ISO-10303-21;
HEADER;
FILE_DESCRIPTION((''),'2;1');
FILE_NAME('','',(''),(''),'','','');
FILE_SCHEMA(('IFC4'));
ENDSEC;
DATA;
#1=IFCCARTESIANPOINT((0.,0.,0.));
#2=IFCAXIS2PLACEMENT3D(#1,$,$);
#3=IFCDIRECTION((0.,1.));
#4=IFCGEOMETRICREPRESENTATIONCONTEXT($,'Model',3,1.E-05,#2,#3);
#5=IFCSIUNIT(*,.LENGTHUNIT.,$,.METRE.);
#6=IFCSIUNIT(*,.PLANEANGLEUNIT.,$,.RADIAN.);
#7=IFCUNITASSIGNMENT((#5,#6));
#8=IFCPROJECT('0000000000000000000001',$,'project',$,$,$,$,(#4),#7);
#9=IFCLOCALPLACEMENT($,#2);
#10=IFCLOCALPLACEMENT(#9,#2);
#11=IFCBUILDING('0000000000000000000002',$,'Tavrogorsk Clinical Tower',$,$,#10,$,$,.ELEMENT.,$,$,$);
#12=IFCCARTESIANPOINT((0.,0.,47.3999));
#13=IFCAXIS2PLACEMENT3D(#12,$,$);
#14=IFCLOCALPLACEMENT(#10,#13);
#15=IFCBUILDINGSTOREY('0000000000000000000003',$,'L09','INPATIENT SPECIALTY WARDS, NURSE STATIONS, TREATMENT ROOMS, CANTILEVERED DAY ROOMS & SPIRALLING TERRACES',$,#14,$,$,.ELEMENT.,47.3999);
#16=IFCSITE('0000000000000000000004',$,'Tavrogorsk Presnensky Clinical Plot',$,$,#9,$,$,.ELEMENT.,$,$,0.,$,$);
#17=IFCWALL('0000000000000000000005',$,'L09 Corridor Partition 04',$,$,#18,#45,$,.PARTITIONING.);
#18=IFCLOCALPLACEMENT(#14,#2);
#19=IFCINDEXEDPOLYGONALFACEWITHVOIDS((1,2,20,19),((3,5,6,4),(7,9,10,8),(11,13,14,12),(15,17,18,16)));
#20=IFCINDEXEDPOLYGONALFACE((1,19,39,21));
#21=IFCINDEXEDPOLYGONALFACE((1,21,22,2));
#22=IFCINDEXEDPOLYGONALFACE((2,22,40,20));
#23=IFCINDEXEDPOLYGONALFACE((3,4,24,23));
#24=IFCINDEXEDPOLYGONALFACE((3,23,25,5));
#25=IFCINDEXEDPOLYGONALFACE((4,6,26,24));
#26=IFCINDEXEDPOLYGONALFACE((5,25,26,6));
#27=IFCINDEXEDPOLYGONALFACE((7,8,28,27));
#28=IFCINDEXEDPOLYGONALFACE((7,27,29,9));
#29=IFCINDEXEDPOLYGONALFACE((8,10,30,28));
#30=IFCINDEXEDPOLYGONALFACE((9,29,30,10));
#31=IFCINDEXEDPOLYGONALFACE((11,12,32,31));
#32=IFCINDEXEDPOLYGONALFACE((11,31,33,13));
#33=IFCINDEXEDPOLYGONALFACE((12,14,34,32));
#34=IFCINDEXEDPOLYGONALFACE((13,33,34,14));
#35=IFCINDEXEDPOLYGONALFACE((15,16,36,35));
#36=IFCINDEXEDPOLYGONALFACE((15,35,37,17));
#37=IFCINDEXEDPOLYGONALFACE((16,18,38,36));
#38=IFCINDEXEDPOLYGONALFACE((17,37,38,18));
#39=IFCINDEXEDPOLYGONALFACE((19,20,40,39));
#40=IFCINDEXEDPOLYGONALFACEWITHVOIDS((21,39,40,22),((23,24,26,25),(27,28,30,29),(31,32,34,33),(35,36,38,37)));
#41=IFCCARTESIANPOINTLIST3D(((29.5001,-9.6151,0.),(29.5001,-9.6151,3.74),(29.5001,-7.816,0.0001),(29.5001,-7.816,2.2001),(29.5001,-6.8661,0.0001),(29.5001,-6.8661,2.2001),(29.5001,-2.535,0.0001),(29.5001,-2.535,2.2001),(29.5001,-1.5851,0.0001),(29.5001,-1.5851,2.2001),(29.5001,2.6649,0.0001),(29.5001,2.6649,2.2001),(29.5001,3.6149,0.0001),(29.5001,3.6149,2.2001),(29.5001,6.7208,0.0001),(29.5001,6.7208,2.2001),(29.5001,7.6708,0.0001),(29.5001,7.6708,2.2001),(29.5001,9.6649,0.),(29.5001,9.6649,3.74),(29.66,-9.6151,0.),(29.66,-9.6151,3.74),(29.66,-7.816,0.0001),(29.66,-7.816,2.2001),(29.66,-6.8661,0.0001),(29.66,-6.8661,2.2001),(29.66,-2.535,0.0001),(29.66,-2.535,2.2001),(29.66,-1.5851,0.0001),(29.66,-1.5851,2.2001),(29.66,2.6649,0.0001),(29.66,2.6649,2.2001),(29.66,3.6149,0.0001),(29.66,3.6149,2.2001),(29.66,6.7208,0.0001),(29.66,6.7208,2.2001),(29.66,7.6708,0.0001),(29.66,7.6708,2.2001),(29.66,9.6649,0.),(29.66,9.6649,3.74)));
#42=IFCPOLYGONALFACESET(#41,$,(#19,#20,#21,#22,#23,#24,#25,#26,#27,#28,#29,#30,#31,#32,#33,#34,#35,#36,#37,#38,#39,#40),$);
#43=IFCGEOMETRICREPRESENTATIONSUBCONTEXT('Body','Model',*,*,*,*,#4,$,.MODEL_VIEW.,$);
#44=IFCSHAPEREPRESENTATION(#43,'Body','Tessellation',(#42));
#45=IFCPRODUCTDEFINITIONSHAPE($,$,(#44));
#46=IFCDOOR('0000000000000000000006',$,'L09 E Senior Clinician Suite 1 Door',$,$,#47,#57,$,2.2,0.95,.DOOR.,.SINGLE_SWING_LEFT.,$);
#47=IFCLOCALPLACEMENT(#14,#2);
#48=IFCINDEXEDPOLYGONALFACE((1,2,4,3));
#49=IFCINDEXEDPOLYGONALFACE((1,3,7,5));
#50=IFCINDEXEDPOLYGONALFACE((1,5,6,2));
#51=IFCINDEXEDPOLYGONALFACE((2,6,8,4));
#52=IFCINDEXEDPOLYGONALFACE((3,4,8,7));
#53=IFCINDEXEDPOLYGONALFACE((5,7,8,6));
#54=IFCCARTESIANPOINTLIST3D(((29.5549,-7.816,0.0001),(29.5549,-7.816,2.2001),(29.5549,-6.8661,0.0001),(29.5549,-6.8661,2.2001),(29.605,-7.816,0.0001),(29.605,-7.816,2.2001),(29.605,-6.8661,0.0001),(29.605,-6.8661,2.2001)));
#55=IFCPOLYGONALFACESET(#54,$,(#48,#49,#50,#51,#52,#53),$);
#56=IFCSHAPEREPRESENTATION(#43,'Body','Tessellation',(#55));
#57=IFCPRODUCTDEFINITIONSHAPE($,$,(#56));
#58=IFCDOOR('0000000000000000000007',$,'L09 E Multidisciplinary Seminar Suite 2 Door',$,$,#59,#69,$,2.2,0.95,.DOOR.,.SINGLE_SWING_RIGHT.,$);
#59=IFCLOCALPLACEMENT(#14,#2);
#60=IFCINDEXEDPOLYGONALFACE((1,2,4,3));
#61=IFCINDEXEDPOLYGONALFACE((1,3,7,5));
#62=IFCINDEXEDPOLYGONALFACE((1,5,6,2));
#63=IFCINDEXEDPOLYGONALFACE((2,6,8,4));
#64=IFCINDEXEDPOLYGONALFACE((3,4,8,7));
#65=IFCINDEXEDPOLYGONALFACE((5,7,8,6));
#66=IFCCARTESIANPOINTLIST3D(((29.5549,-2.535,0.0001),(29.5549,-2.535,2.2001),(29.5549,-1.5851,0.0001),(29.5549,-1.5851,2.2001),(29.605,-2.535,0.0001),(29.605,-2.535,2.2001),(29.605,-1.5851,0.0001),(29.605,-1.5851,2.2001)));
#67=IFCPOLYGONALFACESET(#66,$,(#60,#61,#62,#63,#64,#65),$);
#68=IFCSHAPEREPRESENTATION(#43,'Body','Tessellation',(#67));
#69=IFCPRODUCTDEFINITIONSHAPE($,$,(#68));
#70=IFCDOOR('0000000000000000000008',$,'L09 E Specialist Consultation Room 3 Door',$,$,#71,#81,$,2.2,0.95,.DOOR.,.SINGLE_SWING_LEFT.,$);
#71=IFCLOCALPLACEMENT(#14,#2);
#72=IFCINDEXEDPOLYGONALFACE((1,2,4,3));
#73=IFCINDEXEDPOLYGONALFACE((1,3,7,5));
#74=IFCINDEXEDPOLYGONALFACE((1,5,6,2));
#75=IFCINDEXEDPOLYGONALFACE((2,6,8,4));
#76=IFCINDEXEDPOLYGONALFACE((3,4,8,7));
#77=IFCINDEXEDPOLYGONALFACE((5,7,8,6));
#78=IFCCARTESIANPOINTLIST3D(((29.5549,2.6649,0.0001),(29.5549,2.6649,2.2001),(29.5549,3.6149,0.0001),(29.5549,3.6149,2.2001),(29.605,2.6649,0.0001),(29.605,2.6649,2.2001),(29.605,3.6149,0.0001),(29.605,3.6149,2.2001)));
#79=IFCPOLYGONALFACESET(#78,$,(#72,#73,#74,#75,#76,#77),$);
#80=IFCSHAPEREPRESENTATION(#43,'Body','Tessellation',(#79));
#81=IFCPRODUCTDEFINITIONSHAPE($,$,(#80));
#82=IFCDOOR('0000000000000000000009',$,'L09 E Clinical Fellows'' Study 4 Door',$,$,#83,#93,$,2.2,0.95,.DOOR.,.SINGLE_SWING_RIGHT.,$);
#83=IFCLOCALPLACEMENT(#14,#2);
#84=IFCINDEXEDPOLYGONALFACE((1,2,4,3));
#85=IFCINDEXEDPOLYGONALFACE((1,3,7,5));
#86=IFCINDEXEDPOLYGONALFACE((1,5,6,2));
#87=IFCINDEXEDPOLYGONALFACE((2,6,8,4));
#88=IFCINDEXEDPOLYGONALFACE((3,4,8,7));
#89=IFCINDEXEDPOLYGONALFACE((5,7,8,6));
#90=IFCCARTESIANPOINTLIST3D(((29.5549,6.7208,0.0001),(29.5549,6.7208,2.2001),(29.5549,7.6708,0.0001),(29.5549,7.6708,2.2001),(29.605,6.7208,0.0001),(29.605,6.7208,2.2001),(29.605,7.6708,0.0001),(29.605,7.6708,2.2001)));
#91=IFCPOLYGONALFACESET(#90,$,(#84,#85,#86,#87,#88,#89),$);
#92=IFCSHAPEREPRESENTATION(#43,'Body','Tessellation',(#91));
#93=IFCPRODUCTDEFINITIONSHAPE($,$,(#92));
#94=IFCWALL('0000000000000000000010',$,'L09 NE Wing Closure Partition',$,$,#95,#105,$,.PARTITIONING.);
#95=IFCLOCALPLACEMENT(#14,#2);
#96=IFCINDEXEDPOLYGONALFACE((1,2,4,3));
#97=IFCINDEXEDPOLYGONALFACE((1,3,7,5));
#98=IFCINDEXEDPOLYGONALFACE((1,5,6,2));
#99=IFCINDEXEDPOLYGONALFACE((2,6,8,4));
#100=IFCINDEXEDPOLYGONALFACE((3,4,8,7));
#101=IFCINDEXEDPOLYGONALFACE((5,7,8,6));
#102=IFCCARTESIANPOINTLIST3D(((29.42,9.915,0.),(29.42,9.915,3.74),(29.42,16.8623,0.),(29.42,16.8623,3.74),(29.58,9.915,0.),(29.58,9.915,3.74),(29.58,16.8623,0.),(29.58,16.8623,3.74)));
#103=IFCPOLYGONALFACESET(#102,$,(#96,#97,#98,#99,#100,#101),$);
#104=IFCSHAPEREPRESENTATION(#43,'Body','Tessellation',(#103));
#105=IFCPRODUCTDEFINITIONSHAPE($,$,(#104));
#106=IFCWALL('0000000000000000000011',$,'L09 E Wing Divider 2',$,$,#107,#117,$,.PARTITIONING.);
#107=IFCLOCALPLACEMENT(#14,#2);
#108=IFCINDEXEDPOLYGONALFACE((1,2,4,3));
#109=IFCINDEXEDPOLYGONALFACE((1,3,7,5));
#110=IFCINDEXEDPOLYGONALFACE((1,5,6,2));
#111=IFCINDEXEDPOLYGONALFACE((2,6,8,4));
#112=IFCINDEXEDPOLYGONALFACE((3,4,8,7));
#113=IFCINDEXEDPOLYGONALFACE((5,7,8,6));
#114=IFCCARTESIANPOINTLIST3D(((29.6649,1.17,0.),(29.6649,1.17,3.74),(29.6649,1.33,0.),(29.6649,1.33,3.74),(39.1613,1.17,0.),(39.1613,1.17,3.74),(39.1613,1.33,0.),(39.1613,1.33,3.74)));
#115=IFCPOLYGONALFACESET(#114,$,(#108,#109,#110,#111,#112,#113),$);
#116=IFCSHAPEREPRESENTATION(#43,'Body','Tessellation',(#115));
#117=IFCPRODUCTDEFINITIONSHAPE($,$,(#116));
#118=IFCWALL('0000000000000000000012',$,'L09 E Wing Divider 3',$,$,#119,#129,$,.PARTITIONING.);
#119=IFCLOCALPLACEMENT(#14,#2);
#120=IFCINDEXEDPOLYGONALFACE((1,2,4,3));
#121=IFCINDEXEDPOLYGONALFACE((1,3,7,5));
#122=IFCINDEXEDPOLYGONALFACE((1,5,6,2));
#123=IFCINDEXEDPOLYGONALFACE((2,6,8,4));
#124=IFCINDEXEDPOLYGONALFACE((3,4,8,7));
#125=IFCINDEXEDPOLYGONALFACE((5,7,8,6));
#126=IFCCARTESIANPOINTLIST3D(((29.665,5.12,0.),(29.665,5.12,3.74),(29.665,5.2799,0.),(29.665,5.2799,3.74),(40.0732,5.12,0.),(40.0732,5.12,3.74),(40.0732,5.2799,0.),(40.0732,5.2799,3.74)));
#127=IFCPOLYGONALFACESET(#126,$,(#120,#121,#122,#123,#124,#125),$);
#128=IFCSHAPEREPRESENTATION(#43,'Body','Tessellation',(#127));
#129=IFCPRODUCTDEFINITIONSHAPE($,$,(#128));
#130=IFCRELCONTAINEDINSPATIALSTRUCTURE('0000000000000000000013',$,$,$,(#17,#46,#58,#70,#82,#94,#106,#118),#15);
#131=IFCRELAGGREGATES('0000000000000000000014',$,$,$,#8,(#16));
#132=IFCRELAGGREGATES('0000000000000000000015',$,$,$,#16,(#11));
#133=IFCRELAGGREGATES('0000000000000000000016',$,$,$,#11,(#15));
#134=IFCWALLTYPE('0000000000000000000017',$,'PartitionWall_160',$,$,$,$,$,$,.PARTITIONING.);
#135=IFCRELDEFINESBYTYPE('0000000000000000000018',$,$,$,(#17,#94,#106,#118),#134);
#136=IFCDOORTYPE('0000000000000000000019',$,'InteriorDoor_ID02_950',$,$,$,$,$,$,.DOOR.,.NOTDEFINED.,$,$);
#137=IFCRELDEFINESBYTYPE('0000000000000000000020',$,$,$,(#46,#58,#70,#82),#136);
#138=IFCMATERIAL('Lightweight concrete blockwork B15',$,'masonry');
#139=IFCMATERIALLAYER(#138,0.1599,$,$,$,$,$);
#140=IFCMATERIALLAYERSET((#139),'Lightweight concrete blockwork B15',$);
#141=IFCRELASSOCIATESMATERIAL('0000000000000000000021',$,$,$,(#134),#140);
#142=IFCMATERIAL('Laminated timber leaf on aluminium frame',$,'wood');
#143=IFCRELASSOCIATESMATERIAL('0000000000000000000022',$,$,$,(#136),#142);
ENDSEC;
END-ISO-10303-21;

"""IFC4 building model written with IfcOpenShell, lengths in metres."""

from ifc_helpers import new_model, si_unit, direction, frame, frame_2d, origin, place, context, subcontext, project, spatial, rectangle, extrude, material, layer, layer_set, type_object, element, fill, save


model = new_model("IFC4")

# Units and contexts
model_context = context("Model", 3, precision=1e-05, world=origin(), true_north=direction((0.0, 1.0)))
body_context = subcontext(model_context, "Body", "Model", "MODEL_VIEW")
ifc_project = project(units=[si_unit("LENGTHUNIT", "METRE"), si_unit("PLANEANGLEUNIT", "RADIAN")], contexts=[model_context])

# Site, building, storey
site_placement = place(None, origin())
site = spatial("IfcSite", under=ifc_project, at=site_placement, Name="Tavrogorsk Presnensky Clinical Plot", CompositionType="ELEMENT", RefElevation=0.0)
building_placement = place(site_placement, origin())
building = spatial("IfcBuilding", under=site, at=building_placement, Name="Tavrogorsk Clinical Tower", CompositionType="ELEMENT")
storey_placement = place(building_placement, frame((0.0, 0.0, 47.3999)))
storey = spatial("IfcBuildingStorey", under=building, at=storey_placement, Name="L09", Description="INPATIENT SPECIALTY WARDS, NURSE STATIONS, TREATMENT ROOMS, CANTILEVERED DAY ROOMS & SPIRALLING TERRACES", CompositionType="ELEMENT", Elevation=47.3999)

# Shared definitions
ifc_material_1 = material(Name="Lightweight concrete blockwork B15", Category="masonry")
ifc_layer_1 = layer(ifc_material_1, 0.1599)
ifc_layer_set_1 = layer_set([ifc_layer_1], Name="Lightweight concrete blockwork B15")
wall_type_1 = type_object("IfcWallType", Name="PartitionWall_160", PredefinedType="PARTITIONING", material=ifc_layer_set_1)

# Wall, openings, doors
wall_1_placement = place(storey_placement, frame((29.5801, 9.665, 0.0), z_axis=(0.0, 0.0, 1.0), x_axis=(0.0, -1.0, 0.0)))
wall_1 = element("IfcWall", 1, at=wall_1_placement, inside=storey, type_object=wall_type_1, Name="L09 Corridor Partition 04", PredefinedType="PARTITIONING", context=body_context, shape_type="SweptSolid", body=[
    extrude(rectangle(XDim=19.28, YDim=0.1599, at=frame_2d((9.6401, 0.0))), origin(), (0.0, 0.0, 1.0), 3.74),
])
opening_1_placement = place(wall_1_placement, frame((16.531, 0.0, 0.0)))
opening_1 = element("IfcOpeningElement", 2, at=opening_1_placement, cuts=wall_1, PredefinedType="OPENING", context=body_context, shape_type="SweptSolid", body=[
    extrude(rectangle(XDim=0.95, YDim=2.2, at=frame_2d((0.4751, 1.1001))), frame((0.0, 0.0898, 0.0), z_axis=(0.0, -1.0, 0.0), x_axis=(1.0, 0.0, 0.0)), (0.0, 0.0, 1.0), 0.1799),
])
opening_2_placement = place(wall_1_placement, frame((11.25, 0.0, 0.0)))
opening_2 = element("IfcOpeningElement", 3, at=opening_2_placement, cuts=wall_1, PredefinedType="OPENING", context=body_context, shape_type="SweptSolid", body=[
    extrude(rectangle(XDim=0.95, YDim=2.2, at=frame_2d((0.4751, 1.1001))), frame((0.0, 0.0898, 0.0), z_axis=(0.0, -1.0, 0.0), x_axis=(1.0, 0.0, 0.0)), (0.0, 0.0, 1.0), 0.1799),
])
opening_3_placement = place(wall_1_placement, frame((6.05, 0.0, 0.0)))
opening_3 = element("IfcOpeningElement", 4, at=opening_3_placement, cuts=wall_1, PredefinedType="OPENING", context=body_context, shape_type="SweptSolid", body=[
    extrude(rectangle(XDim=0.95, YDim=2.2, at=frame_2d((0.4751, 1.1001))), frame((0.0, 0.0898, 0.0), z_axis=(0.0, -1.0, 0.0), x_axis=(1.0, 0.0, 0.0)), (0.0, 0.0, 1.0), 0.1799),
])
opening_4_placement = place(wall_1_placement, frame((1.9941, 0.0, 0.0)))
opening_4 = element("IfcOpeningElement", 5, at=opening_4_placement, cuts=wall_1, PredefinedType="OPENING", context=body_context, shape_type="SweptSolid", body=[
    extrude(rectangle(XDim=0.95, YDim=2.2, at=frame_2d((0.4751, 1.1001))), frame((0.0, 0.0898, 0.0), z_axis=(0.0, -1.0, 0.0), x_axis=(1.0, 0.0, 0.0)), (0.0, 0.0, 1.0), 0.1799),
])
ifc_material_2 = material(Name="Laminated timber leaf on aluminium frame", Category="wood")
door_type = type_object("IfcDoorType", Name="InteriorDoor_ID02_950", OperationType="NOTDEFINED", PredefinedType="DOOR", material=ifc_material_2)
door_1_placement = place(opening_1_placement, origin())
door_1 = element("IfcDoor", 6, at=door_1_placement, inside=storey, type_object=door_type, Name="L09 E Senior Clinician Suite 1 Door", OperationType="SINGLE_SWING_LEFT", OverallHeight=2.2, OverallWidth=0.95, PredefinedType="DOOR", context=body_context, shape_type="SweptSolid", body=[
    extrude(rectangle(XDim=0.95, YDim=2.2, at=frame_2d((0.4751, 1.1001))), frame((0.0, 0.0249, 0.0), z_axis=(0.0, -1.0, 0.0), x_axis=(1.0, 0.0, 0.0)), (0.0, 0.0, 1.0), 0.05),
])
fill(opening_1, door_1)
door_2_placement = place(opening_2_placement, origin())
door_2 = element("IfcDoor", 7, at=door_2_placement, inside=storey, type_object=door_type, Name="L09 E Multidisciplinary Seminar Suite 2 Door", OperationType="SINGLE_SWING_RIGHT", OverallHeight=2.2, OverallWidth=0.95, PredefinedType="DOOR", context=body_context, shape_type="SweptSolid", body=[
    extrude(rectangle(XDim=0.95, YDim=2.2, at=frame_2d((0.4751, 1.1001))), frame((0.0, 0.0249, 0.0), z_axis=(0.0, -1.0, 0.0), x_axis=(1.0, 0.0, 0.0)), (0.0, 0.0, 1.0), 0.05),
])
fill(opening_2, door_2)
door_3_placement = place(opening_3_placement, origin())
door_3 = element("IfcDoor", 8, at=door_3_placement, inside=storey, type_object=door_type, Name="L09 E Specialist Consultation Room 3 Door", OperationType="SINGLE_SWING_LEFT", OverallHeight=2.2, OverallWidth=0.95, PredefinedType="DOOR", context=body_context, shape_type="SweptSolid", body=[
    extrude(rectangle(XDim=0.95, YDim=2.2, at=frame_2d((0.4751, 1.1001))), frame((0.0, 0.0249, 0.0), z_axis=(0.0, -1.0, 0.0), x_axis=(1.0, 0.0, 0.0)), (0.0, 0.0, 1.0), 0.05),
])
fill(opening_3, door_3)
door_4_placement = place(opening_4_placement, origin())
door_4 = element("IfcDoor", 9, at=door_4_placement, inside=storey, type_object=door_type, Name="L09 E Clinical Fellows' Study 4 Door", OperationType="SINGLE_SWING_RIGHT", OverallHeight=2.2, OverallWidth=0.95, PredefinedType="DOOR", context=body_context, shape_type="SweptSolid", body=[
    extrude(rectangle(XDim=0.95, YDim=2.2, at=frame_2d((0.4751, 1.1001))), frame((0.0, 0.0249, 0.0), z_axis=(0.0, -1.0, 0.0), x_axis=(1.0, 0.0, 0.0)), (0.0, 0.0, 1.0), 0.05),
])
fill(opening_4, door_4)

# Walls
wall_2_placement = place(storey_placement, frame((29.5, 9.915, 0.0), z_axis=(0.0, 0.0, 1.0), x_axis=(0.0, 1.0, 0.0)))
element("IfcWall", 10, at=wall_2_placement, inside=storey, type_object=wall_type_1, Name="L09 NE Wing Closure Partition", PredefinedType="PARTITIONING", context=body_context, shape_type="SweptSolid", body=[
    extrude(rectangle(XDim=6.9473, YDim=0.1599, at=frame_2d((3.4736, 0.0))), origin(), (0.0, 0.0, 1.0), 3.74),
])
wall_3_placement = place(storey_placement, frame((29.665, 1.25, 0.0), z_axis=(0.0, 0.0, 1.0), x_axis=(1.0, 0.0, 0.0)))
element("IfcWall", 11, at=wall_3_placement, inside=storey, type_object=wall_type_1, Name="L09 E Wing Divider 2", PredefinedType="PARTITIONING", context=body_context, shape_type="SweptSolid", body=[
    extrude(rectangle(XDim=9.4963, YDim=0.1599, at=frame_2d((4.748, 0.0))), origin(), (0.0, 0.0, 1.0), 3.74),
])
wall_4_placement = place(storey_placement, frame((29.665, 5.2, 0.0), z_axis=(0.0, 0.0, 1.0), x_axis=(1.0, 0.0, 0.0)))
element("IfcWall", 12, at=wall_4_placement, inside=storey, type_object=wall_type_1, Name="L09 E Wing Divider 3", PredefinedType="PARTITIONING", context=body_context, shape_type="SweptSolid", body=[
    extrude(rectangle(XDim=10.4082, YDim=0.1599, at=frame_2d((5.2041, 0.0))), origin(), (0.0, 0.0, 1.0), 3.74),
])

save(model, "model.ifc")
